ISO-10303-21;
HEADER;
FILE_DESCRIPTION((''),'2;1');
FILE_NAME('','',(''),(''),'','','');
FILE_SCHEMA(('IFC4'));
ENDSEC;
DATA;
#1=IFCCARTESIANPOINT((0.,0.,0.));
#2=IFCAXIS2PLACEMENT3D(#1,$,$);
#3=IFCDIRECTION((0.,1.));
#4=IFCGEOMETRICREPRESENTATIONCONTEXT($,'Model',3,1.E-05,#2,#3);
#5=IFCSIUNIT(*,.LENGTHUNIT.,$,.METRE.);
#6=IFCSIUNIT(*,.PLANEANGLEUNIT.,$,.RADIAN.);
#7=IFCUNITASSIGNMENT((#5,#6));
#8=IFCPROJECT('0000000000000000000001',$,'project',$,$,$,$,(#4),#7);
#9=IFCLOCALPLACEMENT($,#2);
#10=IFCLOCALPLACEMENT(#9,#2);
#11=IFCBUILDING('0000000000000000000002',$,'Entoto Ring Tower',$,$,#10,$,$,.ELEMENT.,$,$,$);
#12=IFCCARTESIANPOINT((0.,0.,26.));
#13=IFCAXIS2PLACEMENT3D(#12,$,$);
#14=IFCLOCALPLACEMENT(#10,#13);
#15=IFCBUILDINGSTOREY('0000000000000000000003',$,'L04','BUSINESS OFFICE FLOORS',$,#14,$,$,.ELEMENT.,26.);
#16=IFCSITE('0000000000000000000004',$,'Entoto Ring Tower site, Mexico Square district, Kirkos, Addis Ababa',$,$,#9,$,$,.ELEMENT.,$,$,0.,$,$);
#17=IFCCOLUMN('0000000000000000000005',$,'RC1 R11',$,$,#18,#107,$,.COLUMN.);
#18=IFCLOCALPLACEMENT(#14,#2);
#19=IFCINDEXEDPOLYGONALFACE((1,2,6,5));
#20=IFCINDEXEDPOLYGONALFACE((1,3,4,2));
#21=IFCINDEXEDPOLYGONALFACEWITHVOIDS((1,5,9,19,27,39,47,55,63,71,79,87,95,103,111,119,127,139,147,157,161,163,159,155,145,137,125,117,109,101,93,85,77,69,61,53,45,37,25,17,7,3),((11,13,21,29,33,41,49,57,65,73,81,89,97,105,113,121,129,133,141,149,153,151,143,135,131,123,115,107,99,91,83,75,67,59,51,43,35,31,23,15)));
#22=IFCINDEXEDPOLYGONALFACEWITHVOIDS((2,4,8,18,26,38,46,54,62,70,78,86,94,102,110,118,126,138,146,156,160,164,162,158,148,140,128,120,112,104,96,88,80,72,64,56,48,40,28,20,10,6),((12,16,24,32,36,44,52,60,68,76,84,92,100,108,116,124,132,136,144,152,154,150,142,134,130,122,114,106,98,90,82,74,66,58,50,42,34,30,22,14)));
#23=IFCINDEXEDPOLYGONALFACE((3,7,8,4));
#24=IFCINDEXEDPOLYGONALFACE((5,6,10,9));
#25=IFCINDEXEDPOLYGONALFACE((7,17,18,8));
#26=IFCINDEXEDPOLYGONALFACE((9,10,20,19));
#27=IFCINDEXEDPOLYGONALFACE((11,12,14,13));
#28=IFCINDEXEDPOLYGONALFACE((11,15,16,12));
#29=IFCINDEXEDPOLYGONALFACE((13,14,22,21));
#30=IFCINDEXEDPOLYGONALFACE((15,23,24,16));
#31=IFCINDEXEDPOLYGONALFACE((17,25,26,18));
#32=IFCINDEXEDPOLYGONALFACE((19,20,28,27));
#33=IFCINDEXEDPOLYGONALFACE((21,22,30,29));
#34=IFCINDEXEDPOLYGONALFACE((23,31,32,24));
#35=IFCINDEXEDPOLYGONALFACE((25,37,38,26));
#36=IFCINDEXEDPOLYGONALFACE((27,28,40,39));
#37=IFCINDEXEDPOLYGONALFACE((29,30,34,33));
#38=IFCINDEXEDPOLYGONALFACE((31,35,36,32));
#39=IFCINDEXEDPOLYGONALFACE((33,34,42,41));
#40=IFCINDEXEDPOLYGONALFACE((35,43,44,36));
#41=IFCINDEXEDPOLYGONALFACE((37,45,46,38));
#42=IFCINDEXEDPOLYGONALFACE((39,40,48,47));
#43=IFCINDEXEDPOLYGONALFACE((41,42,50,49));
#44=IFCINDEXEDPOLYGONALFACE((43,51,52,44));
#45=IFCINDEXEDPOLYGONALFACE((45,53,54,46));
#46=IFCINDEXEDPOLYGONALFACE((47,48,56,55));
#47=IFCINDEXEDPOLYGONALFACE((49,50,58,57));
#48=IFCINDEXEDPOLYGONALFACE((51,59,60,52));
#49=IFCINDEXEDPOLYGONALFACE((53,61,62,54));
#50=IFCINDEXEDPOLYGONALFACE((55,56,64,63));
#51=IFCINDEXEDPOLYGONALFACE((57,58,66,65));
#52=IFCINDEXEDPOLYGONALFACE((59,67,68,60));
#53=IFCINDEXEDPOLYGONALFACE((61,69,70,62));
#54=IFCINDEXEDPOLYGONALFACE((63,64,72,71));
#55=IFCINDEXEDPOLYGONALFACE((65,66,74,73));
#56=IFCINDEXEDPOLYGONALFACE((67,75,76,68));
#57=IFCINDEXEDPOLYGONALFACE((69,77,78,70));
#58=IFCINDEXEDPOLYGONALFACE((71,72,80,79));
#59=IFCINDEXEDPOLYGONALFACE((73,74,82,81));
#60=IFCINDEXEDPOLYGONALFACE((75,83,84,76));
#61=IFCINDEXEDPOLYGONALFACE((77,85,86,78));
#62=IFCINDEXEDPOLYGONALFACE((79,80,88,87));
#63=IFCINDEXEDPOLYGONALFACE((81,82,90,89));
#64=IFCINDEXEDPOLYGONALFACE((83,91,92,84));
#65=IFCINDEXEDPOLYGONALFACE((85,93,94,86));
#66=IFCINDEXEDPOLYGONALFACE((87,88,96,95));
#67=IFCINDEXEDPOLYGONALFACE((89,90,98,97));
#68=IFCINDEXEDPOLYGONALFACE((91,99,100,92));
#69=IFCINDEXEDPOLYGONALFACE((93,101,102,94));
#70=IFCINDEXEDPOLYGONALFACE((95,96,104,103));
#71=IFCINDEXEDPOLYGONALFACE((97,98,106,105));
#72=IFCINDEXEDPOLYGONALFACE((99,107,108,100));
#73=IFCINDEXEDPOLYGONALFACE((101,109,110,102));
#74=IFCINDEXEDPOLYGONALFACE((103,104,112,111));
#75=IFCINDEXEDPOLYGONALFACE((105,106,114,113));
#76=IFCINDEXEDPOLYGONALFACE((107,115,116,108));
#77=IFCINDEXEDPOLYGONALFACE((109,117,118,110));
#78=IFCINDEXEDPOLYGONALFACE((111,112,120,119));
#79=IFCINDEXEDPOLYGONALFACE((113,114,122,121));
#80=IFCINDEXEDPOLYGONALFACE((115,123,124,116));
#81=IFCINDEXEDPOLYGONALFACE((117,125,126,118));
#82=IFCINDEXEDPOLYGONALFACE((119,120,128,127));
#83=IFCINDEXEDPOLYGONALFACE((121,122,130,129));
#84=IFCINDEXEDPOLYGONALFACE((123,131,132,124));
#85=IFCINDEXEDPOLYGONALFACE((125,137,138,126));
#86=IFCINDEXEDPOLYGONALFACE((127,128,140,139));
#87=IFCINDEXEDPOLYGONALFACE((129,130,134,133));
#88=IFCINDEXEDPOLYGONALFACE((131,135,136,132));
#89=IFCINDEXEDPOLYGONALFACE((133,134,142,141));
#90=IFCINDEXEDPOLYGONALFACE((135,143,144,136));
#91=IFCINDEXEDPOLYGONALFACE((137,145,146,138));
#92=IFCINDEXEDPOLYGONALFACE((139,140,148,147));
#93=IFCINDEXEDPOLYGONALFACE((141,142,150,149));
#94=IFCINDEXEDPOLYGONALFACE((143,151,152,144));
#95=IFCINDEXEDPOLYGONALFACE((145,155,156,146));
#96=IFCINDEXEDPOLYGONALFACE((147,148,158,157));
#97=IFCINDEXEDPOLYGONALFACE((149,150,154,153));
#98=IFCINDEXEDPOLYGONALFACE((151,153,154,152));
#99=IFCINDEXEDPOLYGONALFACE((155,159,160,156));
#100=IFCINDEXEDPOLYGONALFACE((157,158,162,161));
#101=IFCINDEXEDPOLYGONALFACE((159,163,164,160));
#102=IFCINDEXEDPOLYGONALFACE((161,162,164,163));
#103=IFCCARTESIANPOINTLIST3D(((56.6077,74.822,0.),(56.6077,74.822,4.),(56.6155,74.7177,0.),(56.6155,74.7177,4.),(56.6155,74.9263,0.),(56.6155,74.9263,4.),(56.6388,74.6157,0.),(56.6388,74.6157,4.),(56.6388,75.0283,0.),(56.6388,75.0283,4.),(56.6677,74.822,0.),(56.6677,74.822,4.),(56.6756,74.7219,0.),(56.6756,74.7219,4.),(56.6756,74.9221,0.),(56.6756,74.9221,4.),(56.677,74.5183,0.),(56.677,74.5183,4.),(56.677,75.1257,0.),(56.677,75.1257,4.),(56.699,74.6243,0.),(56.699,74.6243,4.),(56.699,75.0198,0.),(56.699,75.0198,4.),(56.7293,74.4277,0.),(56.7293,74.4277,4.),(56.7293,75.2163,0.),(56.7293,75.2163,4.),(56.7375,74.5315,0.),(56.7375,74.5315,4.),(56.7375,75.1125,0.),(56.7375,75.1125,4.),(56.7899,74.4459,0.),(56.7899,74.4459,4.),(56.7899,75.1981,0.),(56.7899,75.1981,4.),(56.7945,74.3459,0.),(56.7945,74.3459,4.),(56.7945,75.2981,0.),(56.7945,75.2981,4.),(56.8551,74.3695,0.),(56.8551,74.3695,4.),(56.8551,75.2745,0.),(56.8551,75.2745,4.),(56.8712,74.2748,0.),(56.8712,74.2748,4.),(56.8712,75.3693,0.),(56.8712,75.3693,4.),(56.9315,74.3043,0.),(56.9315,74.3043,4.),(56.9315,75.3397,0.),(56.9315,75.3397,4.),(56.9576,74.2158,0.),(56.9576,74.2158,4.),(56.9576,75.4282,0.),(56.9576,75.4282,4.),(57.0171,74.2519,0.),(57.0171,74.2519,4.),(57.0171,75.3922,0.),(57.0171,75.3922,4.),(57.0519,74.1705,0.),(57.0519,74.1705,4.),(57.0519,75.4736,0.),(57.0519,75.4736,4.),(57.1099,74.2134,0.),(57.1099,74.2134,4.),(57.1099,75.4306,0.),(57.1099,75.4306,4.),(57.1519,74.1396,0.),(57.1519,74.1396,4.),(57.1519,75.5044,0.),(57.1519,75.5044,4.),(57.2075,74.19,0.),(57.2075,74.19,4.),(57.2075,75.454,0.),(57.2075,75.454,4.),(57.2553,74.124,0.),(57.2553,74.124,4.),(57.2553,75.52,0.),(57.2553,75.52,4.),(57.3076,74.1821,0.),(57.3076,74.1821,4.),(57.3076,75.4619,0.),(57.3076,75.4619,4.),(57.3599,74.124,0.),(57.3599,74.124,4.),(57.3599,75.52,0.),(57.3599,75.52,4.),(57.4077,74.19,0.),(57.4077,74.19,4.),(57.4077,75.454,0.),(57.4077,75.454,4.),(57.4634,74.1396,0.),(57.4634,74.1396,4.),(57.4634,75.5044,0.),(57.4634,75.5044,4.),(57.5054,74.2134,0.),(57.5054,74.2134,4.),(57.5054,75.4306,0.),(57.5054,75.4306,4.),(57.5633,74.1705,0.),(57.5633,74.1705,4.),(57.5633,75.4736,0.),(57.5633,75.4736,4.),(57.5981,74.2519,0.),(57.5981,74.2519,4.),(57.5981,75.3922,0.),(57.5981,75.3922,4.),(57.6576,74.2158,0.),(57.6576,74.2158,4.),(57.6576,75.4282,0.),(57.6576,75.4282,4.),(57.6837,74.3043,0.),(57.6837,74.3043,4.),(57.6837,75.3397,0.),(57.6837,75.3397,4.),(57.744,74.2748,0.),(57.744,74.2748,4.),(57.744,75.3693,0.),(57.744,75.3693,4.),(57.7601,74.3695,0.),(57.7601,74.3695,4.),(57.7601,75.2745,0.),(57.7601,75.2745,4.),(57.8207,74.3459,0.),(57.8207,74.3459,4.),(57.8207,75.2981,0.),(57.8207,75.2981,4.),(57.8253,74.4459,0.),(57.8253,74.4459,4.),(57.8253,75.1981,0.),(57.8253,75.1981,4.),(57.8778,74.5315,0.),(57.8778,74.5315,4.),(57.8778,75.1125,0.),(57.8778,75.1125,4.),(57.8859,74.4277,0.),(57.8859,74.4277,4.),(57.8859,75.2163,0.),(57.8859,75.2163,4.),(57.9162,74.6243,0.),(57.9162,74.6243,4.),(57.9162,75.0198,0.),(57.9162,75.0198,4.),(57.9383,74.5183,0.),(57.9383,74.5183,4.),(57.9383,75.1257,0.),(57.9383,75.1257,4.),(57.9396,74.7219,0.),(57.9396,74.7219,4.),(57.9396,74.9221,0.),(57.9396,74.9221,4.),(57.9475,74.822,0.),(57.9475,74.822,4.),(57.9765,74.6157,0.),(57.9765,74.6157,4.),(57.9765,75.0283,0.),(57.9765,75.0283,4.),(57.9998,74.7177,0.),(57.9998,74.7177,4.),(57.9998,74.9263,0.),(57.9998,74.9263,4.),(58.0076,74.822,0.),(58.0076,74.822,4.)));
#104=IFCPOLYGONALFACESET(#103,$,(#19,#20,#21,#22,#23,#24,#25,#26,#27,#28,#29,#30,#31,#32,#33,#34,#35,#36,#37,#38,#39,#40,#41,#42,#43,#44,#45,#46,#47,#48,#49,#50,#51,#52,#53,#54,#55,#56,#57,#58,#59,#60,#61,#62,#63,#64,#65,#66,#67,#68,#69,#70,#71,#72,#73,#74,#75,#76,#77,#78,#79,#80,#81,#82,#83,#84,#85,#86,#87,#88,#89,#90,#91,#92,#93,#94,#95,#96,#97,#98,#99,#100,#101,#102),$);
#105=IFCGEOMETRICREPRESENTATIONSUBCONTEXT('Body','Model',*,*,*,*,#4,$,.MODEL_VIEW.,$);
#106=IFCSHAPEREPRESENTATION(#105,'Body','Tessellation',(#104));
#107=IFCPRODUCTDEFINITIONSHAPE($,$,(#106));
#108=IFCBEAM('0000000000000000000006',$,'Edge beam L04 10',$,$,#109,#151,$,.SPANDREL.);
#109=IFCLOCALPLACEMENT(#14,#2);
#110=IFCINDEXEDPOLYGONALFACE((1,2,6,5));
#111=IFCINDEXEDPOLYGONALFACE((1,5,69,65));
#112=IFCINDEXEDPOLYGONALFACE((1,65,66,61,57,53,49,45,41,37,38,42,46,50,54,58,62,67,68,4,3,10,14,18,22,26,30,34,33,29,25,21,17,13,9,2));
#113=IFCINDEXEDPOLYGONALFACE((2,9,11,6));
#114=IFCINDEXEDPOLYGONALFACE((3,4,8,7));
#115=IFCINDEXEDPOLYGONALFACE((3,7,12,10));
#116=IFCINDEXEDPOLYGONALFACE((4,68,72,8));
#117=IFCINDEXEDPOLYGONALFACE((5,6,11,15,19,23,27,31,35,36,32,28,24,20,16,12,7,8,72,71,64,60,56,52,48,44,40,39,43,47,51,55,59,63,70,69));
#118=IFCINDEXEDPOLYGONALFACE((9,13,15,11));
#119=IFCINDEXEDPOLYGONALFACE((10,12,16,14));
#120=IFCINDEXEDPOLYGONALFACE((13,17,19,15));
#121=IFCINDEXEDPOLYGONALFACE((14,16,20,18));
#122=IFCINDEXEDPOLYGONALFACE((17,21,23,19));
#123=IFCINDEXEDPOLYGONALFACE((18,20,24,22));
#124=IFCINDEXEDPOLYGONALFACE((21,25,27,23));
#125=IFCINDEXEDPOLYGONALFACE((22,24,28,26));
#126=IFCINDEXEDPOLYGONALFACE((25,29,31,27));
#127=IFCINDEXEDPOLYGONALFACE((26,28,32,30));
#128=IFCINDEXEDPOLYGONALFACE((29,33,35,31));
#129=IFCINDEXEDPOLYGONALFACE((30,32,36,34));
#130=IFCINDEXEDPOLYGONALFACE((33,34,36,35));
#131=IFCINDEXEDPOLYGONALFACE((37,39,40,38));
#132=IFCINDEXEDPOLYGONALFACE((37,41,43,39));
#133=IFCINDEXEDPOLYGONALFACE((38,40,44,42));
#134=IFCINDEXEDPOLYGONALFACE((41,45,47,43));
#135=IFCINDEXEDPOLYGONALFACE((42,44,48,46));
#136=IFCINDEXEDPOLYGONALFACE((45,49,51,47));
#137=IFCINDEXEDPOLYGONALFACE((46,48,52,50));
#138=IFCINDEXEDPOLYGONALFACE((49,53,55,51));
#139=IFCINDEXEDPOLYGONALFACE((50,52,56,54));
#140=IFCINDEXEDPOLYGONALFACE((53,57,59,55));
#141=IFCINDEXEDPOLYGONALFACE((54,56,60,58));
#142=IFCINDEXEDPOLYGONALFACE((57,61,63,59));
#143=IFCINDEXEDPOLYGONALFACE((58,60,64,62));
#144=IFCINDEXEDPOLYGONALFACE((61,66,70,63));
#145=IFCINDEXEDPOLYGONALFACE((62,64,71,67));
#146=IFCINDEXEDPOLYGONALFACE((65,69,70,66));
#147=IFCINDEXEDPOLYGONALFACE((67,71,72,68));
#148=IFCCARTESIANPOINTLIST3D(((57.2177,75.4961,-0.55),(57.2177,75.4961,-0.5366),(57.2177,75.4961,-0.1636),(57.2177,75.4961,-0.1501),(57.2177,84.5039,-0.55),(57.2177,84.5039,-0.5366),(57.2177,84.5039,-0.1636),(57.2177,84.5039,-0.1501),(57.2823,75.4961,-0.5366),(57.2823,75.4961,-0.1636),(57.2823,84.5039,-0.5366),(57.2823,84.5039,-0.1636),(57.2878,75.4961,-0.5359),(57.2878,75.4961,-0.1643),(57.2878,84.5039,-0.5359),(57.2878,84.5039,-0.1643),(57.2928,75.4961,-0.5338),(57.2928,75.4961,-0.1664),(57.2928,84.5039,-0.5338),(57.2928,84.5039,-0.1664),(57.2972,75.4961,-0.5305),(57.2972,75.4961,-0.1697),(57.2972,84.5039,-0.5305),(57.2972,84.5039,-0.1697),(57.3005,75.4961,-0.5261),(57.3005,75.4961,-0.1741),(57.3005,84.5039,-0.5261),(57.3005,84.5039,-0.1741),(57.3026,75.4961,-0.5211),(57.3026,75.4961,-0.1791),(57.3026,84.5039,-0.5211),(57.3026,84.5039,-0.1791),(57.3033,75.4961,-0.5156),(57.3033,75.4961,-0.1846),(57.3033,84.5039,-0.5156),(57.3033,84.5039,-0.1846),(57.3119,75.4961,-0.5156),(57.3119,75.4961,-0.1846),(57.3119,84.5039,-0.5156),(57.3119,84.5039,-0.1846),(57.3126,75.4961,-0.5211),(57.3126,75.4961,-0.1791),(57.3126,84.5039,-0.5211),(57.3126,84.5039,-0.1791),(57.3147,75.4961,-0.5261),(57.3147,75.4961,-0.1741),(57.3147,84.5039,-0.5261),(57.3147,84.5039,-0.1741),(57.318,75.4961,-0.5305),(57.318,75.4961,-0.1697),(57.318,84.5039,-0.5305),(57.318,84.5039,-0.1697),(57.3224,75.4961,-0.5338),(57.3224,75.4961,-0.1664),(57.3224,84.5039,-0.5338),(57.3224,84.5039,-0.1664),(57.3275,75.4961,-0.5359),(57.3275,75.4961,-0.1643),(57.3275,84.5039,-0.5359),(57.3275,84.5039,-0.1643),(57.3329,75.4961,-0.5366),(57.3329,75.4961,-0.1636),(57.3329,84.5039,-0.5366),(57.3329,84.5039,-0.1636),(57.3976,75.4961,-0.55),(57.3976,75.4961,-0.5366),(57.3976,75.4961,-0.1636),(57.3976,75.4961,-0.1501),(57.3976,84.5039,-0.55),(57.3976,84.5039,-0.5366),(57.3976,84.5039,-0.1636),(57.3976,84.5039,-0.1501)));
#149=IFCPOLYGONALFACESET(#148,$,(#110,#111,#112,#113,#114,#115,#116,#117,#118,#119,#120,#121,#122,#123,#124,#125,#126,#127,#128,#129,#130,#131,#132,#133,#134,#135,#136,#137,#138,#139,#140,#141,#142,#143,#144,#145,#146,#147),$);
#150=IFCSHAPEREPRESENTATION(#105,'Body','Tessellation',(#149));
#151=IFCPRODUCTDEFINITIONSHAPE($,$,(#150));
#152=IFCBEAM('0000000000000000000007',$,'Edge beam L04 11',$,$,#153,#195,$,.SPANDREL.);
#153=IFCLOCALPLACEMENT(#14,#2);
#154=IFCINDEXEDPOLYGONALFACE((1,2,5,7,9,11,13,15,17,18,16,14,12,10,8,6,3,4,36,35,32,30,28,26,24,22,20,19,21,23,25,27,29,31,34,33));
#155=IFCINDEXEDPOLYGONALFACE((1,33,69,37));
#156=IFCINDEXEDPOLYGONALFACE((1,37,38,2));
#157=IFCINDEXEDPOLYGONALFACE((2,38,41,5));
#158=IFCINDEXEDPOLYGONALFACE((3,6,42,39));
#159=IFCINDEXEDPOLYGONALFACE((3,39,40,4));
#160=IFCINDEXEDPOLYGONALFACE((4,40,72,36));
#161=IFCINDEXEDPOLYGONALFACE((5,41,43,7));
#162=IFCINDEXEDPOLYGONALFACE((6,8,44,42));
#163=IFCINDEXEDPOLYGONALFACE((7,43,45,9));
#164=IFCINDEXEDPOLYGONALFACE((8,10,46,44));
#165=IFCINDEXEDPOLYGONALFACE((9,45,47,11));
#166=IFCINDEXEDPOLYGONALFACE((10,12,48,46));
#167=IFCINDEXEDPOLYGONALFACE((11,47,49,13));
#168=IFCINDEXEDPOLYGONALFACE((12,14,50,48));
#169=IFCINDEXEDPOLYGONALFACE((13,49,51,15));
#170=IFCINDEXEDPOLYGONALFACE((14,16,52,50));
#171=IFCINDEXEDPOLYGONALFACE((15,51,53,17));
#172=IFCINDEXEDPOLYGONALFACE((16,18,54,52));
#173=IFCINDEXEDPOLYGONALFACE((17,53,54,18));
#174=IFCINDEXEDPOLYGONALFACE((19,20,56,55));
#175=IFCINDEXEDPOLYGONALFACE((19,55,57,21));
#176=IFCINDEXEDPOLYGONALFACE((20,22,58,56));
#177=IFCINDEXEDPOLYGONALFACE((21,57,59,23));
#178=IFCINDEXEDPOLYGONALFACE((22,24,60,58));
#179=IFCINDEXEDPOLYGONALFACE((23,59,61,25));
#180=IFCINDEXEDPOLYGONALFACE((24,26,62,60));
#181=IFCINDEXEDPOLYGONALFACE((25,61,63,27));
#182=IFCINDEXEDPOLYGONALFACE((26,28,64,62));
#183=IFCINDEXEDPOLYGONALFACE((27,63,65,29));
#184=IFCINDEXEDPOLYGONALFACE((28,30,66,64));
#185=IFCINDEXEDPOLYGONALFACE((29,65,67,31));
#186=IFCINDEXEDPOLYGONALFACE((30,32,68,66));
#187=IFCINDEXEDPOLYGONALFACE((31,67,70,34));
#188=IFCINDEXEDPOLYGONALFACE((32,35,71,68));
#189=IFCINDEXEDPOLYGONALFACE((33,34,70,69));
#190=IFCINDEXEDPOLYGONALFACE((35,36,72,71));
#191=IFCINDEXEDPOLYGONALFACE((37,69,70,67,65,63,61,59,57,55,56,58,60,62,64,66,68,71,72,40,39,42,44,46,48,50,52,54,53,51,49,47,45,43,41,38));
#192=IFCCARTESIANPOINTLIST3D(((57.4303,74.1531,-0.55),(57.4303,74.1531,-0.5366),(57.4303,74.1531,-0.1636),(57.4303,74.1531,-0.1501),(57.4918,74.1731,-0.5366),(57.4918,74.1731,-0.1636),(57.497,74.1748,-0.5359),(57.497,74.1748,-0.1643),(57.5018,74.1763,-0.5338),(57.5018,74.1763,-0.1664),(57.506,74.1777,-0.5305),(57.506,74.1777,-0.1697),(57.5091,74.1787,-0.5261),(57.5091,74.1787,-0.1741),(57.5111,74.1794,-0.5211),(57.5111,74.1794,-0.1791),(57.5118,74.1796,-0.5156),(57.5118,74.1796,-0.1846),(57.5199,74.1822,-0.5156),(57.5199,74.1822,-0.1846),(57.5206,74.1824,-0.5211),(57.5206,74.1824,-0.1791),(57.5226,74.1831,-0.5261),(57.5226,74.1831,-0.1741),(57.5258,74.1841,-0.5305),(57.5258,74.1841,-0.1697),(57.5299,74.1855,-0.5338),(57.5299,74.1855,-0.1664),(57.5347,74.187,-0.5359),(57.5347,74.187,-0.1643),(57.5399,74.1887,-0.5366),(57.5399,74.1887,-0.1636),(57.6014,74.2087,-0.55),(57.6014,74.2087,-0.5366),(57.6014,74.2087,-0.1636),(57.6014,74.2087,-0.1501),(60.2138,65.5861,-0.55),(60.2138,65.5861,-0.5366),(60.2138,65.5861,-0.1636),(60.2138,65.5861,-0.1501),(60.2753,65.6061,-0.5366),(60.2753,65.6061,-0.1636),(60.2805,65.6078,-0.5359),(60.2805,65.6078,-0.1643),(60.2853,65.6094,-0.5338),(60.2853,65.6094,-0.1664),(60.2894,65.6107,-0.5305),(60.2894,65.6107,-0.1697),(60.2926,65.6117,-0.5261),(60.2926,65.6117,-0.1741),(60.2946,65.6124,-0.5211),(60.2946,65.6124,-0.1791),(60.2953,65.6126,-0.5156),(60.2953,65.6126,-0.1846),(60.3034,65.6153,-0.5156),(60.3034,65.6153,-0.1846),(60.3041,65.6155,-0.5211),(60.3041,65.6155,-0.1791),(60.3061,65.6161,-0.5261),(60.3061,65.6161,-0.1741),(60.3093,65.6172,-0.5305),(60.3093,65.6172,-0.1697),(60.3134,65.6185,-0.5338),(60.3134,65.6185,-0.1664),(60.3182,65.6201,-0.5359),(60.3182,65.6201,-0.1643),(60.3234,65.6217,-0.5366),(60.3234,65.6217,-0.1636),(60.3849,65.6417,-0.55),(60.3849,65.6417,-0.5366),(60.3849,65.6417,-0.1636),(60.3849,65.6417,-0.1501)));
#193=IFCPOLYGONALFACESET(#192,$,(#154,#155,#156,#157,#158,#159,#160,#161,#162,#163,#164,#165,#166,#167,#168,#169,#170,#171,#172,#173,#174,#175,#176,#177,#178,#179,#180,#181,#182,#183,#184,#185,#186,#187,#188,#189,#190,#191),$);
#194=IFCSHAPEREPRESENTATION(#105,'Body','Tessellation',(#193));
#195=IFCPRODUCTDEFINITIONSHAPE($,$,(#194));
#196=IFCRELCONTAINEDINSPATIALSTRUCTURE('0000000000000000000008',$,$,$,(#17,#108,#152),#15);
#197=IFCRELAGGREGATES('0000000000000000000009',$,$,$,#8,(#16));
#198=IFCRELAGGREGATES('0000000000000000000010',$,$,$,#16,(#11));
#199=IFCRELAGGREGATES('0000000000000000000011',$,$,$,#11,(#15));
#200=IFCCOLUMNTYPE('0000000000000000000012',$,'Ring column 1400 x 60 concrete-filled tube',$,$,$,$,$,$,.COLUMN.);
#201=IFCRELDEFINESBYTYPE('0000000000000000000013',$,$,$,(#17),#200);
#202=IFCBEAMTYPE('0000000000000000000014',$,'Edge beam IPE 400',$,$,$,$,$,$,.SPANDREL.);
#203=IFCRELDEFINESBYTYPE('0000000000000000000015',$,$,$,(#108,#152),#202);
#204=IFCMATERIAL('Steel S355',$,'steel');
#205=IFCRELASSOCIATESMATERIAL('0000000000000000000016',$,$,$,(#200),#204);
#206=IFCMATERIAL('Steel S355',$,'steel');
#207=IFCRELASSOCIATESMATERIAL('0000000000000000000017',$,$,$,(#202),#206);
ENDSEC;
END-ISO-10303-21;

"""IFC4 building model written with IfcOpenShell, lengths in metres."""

from ifc_helpers import new_model, si_unit, direction, frame, origin, origin_2d, place, context, subcontext, project, spatial, circle, hollow_circle, i_section, extrude, material, material_profile, profile_set, type_object, element, save


model = new_model("IFC4")

# Units and contexts
model_context = context("Model", 3, precision=1e-05, world=origin(), true_north=direction((0.0, 1.0)))
body_context = subcontext(model_context, "Body", "Model", "MODEL_VIEW")
ifc_project = project(units=[si_unit("LENGTHUNIT", "METRE"), si_unit("PLANEANGLEUNIT", "RADIAN")], contexts=[model_context])

# Site, building, storey
site_placement = place(None, origin())
site = spatial("IfcSite", under=ifc_project, at=site_placement, Name="Entoto Ring Tower site, Mexico Square district, Kirkos, Addis Ababa", CompositionType="ELEMENT", RefElevation=0.0)
building_placement = place(site_placement, origin())
building = spatial("IfcBuilding", under=site, at=building_placement, Name="Entoto Ring Tower", CompositionType="ELEMENT")
storey_placement = place(building_placement, frame((0.0, 0.0, 26.0)))
storey = spatial("IfcBuildingStorey", under=building, at=storey_placement, Name="L04", Description="BUSINESS OFFICE FLOORS", CompositionType="ELEMENT", Elevation=26.0)

# Column
ifc_material_1 = material(Name="Steel S355", Category="steel")
ifc_material_profile_1 = material_profile(ifc_material_1, hollow_circle(Radius=0.7, WallThickness=0.0601, at=origin_2d()), Name="CHS 1400 x 60")
ifc_material_2 = material(Name="Concrete C60/75", Category="concrete")
ifc_material_profile_2 = material_profile(ifc_material_2, circle(Radius=0.6399, at=origin_2d()), Name="Concrete C60/75 infill")
ifc_profile_set_1 = profile_set([ifc_material_profile_1, ifc_material_profile_2], Name="Steel S355")
column_type = type_object("IfcColumnType", Name="Ring column 1400 x 60 concrete-filled tube", PredefinedType="COLUMN", material=ifc_profile_set_1)
column_placement = place(storey_placement, frame((57.3076, 74.822, 0.0), z_axis=(0.0, 0.0, 1.0), x_axis=(1.0, 0.0, 0.0)))
element("IfcColumn", 1, at=column_placement, inside=storey, type_object=column_type, Name="RC1 R11", PredefinedType="COLUMN", context=body_context, shape_type="SweptSolid", body=[
    extrude(hollow_circle(Radius=0.7, WallThickness=0.0601, at=origin_2d()), origin(), (0.0, 0.0, 1.0), 4.0),
])

# Beams
ifc_material_3 = material(Name="Steel S355", Category="steel")
ifc_material_profile_3 = material_profile(ifc_material_3, i_section(OverallWidth=0.1799, OverallDepth=0.3999, WebThickness=0.0085, FlangeThickness=0.0134, FilletRadius=0.021, at=origin_2d()), Name="IPE 400")
ifc_profile_set_2 = profile_set([ifc_material_profile_3], Name="Steel S355")
beam_type_1 = type_object("IfcBeamType", Name="Edge beam IPE 400", PredefinedType="SPANDREL", material=ifc_profile_set_2)
for number, where, z_axis, x_axis, name in (
    (2, (57.3076, 84.5039, -0.3501), (0.0, -1.0, 0.0), (1.0, 0.0, 0.0), "Edge beam L04 10"),
    (3, (57.5159, 74.1809, -0.3501), (0.309006, -0.95106, 0.0), (0.95106, 0.309006, 0.0), "Edge beam L04 11"),
):
    element("IfcBeam", number, at=place(storey_placement, frame(where, z_axis=z_axis, x_axis=x_axis)), inside=storey, type_object=beam_type_1, Name=name, PredefinedType="SPANDREL", context=body_context, shape_type="SweptSolid", body=[
        extrude(i_section(OverallWidth=0.1799, OverallDepth=0.3999, WebThickness=0.0085, FlangeThickness=0.0134, FilletRadius=0.021, at=origin_2d()), origin(), (0.0, 0.0, 1.0), 9.0078),
    ])

save(model, "model.ifc")
